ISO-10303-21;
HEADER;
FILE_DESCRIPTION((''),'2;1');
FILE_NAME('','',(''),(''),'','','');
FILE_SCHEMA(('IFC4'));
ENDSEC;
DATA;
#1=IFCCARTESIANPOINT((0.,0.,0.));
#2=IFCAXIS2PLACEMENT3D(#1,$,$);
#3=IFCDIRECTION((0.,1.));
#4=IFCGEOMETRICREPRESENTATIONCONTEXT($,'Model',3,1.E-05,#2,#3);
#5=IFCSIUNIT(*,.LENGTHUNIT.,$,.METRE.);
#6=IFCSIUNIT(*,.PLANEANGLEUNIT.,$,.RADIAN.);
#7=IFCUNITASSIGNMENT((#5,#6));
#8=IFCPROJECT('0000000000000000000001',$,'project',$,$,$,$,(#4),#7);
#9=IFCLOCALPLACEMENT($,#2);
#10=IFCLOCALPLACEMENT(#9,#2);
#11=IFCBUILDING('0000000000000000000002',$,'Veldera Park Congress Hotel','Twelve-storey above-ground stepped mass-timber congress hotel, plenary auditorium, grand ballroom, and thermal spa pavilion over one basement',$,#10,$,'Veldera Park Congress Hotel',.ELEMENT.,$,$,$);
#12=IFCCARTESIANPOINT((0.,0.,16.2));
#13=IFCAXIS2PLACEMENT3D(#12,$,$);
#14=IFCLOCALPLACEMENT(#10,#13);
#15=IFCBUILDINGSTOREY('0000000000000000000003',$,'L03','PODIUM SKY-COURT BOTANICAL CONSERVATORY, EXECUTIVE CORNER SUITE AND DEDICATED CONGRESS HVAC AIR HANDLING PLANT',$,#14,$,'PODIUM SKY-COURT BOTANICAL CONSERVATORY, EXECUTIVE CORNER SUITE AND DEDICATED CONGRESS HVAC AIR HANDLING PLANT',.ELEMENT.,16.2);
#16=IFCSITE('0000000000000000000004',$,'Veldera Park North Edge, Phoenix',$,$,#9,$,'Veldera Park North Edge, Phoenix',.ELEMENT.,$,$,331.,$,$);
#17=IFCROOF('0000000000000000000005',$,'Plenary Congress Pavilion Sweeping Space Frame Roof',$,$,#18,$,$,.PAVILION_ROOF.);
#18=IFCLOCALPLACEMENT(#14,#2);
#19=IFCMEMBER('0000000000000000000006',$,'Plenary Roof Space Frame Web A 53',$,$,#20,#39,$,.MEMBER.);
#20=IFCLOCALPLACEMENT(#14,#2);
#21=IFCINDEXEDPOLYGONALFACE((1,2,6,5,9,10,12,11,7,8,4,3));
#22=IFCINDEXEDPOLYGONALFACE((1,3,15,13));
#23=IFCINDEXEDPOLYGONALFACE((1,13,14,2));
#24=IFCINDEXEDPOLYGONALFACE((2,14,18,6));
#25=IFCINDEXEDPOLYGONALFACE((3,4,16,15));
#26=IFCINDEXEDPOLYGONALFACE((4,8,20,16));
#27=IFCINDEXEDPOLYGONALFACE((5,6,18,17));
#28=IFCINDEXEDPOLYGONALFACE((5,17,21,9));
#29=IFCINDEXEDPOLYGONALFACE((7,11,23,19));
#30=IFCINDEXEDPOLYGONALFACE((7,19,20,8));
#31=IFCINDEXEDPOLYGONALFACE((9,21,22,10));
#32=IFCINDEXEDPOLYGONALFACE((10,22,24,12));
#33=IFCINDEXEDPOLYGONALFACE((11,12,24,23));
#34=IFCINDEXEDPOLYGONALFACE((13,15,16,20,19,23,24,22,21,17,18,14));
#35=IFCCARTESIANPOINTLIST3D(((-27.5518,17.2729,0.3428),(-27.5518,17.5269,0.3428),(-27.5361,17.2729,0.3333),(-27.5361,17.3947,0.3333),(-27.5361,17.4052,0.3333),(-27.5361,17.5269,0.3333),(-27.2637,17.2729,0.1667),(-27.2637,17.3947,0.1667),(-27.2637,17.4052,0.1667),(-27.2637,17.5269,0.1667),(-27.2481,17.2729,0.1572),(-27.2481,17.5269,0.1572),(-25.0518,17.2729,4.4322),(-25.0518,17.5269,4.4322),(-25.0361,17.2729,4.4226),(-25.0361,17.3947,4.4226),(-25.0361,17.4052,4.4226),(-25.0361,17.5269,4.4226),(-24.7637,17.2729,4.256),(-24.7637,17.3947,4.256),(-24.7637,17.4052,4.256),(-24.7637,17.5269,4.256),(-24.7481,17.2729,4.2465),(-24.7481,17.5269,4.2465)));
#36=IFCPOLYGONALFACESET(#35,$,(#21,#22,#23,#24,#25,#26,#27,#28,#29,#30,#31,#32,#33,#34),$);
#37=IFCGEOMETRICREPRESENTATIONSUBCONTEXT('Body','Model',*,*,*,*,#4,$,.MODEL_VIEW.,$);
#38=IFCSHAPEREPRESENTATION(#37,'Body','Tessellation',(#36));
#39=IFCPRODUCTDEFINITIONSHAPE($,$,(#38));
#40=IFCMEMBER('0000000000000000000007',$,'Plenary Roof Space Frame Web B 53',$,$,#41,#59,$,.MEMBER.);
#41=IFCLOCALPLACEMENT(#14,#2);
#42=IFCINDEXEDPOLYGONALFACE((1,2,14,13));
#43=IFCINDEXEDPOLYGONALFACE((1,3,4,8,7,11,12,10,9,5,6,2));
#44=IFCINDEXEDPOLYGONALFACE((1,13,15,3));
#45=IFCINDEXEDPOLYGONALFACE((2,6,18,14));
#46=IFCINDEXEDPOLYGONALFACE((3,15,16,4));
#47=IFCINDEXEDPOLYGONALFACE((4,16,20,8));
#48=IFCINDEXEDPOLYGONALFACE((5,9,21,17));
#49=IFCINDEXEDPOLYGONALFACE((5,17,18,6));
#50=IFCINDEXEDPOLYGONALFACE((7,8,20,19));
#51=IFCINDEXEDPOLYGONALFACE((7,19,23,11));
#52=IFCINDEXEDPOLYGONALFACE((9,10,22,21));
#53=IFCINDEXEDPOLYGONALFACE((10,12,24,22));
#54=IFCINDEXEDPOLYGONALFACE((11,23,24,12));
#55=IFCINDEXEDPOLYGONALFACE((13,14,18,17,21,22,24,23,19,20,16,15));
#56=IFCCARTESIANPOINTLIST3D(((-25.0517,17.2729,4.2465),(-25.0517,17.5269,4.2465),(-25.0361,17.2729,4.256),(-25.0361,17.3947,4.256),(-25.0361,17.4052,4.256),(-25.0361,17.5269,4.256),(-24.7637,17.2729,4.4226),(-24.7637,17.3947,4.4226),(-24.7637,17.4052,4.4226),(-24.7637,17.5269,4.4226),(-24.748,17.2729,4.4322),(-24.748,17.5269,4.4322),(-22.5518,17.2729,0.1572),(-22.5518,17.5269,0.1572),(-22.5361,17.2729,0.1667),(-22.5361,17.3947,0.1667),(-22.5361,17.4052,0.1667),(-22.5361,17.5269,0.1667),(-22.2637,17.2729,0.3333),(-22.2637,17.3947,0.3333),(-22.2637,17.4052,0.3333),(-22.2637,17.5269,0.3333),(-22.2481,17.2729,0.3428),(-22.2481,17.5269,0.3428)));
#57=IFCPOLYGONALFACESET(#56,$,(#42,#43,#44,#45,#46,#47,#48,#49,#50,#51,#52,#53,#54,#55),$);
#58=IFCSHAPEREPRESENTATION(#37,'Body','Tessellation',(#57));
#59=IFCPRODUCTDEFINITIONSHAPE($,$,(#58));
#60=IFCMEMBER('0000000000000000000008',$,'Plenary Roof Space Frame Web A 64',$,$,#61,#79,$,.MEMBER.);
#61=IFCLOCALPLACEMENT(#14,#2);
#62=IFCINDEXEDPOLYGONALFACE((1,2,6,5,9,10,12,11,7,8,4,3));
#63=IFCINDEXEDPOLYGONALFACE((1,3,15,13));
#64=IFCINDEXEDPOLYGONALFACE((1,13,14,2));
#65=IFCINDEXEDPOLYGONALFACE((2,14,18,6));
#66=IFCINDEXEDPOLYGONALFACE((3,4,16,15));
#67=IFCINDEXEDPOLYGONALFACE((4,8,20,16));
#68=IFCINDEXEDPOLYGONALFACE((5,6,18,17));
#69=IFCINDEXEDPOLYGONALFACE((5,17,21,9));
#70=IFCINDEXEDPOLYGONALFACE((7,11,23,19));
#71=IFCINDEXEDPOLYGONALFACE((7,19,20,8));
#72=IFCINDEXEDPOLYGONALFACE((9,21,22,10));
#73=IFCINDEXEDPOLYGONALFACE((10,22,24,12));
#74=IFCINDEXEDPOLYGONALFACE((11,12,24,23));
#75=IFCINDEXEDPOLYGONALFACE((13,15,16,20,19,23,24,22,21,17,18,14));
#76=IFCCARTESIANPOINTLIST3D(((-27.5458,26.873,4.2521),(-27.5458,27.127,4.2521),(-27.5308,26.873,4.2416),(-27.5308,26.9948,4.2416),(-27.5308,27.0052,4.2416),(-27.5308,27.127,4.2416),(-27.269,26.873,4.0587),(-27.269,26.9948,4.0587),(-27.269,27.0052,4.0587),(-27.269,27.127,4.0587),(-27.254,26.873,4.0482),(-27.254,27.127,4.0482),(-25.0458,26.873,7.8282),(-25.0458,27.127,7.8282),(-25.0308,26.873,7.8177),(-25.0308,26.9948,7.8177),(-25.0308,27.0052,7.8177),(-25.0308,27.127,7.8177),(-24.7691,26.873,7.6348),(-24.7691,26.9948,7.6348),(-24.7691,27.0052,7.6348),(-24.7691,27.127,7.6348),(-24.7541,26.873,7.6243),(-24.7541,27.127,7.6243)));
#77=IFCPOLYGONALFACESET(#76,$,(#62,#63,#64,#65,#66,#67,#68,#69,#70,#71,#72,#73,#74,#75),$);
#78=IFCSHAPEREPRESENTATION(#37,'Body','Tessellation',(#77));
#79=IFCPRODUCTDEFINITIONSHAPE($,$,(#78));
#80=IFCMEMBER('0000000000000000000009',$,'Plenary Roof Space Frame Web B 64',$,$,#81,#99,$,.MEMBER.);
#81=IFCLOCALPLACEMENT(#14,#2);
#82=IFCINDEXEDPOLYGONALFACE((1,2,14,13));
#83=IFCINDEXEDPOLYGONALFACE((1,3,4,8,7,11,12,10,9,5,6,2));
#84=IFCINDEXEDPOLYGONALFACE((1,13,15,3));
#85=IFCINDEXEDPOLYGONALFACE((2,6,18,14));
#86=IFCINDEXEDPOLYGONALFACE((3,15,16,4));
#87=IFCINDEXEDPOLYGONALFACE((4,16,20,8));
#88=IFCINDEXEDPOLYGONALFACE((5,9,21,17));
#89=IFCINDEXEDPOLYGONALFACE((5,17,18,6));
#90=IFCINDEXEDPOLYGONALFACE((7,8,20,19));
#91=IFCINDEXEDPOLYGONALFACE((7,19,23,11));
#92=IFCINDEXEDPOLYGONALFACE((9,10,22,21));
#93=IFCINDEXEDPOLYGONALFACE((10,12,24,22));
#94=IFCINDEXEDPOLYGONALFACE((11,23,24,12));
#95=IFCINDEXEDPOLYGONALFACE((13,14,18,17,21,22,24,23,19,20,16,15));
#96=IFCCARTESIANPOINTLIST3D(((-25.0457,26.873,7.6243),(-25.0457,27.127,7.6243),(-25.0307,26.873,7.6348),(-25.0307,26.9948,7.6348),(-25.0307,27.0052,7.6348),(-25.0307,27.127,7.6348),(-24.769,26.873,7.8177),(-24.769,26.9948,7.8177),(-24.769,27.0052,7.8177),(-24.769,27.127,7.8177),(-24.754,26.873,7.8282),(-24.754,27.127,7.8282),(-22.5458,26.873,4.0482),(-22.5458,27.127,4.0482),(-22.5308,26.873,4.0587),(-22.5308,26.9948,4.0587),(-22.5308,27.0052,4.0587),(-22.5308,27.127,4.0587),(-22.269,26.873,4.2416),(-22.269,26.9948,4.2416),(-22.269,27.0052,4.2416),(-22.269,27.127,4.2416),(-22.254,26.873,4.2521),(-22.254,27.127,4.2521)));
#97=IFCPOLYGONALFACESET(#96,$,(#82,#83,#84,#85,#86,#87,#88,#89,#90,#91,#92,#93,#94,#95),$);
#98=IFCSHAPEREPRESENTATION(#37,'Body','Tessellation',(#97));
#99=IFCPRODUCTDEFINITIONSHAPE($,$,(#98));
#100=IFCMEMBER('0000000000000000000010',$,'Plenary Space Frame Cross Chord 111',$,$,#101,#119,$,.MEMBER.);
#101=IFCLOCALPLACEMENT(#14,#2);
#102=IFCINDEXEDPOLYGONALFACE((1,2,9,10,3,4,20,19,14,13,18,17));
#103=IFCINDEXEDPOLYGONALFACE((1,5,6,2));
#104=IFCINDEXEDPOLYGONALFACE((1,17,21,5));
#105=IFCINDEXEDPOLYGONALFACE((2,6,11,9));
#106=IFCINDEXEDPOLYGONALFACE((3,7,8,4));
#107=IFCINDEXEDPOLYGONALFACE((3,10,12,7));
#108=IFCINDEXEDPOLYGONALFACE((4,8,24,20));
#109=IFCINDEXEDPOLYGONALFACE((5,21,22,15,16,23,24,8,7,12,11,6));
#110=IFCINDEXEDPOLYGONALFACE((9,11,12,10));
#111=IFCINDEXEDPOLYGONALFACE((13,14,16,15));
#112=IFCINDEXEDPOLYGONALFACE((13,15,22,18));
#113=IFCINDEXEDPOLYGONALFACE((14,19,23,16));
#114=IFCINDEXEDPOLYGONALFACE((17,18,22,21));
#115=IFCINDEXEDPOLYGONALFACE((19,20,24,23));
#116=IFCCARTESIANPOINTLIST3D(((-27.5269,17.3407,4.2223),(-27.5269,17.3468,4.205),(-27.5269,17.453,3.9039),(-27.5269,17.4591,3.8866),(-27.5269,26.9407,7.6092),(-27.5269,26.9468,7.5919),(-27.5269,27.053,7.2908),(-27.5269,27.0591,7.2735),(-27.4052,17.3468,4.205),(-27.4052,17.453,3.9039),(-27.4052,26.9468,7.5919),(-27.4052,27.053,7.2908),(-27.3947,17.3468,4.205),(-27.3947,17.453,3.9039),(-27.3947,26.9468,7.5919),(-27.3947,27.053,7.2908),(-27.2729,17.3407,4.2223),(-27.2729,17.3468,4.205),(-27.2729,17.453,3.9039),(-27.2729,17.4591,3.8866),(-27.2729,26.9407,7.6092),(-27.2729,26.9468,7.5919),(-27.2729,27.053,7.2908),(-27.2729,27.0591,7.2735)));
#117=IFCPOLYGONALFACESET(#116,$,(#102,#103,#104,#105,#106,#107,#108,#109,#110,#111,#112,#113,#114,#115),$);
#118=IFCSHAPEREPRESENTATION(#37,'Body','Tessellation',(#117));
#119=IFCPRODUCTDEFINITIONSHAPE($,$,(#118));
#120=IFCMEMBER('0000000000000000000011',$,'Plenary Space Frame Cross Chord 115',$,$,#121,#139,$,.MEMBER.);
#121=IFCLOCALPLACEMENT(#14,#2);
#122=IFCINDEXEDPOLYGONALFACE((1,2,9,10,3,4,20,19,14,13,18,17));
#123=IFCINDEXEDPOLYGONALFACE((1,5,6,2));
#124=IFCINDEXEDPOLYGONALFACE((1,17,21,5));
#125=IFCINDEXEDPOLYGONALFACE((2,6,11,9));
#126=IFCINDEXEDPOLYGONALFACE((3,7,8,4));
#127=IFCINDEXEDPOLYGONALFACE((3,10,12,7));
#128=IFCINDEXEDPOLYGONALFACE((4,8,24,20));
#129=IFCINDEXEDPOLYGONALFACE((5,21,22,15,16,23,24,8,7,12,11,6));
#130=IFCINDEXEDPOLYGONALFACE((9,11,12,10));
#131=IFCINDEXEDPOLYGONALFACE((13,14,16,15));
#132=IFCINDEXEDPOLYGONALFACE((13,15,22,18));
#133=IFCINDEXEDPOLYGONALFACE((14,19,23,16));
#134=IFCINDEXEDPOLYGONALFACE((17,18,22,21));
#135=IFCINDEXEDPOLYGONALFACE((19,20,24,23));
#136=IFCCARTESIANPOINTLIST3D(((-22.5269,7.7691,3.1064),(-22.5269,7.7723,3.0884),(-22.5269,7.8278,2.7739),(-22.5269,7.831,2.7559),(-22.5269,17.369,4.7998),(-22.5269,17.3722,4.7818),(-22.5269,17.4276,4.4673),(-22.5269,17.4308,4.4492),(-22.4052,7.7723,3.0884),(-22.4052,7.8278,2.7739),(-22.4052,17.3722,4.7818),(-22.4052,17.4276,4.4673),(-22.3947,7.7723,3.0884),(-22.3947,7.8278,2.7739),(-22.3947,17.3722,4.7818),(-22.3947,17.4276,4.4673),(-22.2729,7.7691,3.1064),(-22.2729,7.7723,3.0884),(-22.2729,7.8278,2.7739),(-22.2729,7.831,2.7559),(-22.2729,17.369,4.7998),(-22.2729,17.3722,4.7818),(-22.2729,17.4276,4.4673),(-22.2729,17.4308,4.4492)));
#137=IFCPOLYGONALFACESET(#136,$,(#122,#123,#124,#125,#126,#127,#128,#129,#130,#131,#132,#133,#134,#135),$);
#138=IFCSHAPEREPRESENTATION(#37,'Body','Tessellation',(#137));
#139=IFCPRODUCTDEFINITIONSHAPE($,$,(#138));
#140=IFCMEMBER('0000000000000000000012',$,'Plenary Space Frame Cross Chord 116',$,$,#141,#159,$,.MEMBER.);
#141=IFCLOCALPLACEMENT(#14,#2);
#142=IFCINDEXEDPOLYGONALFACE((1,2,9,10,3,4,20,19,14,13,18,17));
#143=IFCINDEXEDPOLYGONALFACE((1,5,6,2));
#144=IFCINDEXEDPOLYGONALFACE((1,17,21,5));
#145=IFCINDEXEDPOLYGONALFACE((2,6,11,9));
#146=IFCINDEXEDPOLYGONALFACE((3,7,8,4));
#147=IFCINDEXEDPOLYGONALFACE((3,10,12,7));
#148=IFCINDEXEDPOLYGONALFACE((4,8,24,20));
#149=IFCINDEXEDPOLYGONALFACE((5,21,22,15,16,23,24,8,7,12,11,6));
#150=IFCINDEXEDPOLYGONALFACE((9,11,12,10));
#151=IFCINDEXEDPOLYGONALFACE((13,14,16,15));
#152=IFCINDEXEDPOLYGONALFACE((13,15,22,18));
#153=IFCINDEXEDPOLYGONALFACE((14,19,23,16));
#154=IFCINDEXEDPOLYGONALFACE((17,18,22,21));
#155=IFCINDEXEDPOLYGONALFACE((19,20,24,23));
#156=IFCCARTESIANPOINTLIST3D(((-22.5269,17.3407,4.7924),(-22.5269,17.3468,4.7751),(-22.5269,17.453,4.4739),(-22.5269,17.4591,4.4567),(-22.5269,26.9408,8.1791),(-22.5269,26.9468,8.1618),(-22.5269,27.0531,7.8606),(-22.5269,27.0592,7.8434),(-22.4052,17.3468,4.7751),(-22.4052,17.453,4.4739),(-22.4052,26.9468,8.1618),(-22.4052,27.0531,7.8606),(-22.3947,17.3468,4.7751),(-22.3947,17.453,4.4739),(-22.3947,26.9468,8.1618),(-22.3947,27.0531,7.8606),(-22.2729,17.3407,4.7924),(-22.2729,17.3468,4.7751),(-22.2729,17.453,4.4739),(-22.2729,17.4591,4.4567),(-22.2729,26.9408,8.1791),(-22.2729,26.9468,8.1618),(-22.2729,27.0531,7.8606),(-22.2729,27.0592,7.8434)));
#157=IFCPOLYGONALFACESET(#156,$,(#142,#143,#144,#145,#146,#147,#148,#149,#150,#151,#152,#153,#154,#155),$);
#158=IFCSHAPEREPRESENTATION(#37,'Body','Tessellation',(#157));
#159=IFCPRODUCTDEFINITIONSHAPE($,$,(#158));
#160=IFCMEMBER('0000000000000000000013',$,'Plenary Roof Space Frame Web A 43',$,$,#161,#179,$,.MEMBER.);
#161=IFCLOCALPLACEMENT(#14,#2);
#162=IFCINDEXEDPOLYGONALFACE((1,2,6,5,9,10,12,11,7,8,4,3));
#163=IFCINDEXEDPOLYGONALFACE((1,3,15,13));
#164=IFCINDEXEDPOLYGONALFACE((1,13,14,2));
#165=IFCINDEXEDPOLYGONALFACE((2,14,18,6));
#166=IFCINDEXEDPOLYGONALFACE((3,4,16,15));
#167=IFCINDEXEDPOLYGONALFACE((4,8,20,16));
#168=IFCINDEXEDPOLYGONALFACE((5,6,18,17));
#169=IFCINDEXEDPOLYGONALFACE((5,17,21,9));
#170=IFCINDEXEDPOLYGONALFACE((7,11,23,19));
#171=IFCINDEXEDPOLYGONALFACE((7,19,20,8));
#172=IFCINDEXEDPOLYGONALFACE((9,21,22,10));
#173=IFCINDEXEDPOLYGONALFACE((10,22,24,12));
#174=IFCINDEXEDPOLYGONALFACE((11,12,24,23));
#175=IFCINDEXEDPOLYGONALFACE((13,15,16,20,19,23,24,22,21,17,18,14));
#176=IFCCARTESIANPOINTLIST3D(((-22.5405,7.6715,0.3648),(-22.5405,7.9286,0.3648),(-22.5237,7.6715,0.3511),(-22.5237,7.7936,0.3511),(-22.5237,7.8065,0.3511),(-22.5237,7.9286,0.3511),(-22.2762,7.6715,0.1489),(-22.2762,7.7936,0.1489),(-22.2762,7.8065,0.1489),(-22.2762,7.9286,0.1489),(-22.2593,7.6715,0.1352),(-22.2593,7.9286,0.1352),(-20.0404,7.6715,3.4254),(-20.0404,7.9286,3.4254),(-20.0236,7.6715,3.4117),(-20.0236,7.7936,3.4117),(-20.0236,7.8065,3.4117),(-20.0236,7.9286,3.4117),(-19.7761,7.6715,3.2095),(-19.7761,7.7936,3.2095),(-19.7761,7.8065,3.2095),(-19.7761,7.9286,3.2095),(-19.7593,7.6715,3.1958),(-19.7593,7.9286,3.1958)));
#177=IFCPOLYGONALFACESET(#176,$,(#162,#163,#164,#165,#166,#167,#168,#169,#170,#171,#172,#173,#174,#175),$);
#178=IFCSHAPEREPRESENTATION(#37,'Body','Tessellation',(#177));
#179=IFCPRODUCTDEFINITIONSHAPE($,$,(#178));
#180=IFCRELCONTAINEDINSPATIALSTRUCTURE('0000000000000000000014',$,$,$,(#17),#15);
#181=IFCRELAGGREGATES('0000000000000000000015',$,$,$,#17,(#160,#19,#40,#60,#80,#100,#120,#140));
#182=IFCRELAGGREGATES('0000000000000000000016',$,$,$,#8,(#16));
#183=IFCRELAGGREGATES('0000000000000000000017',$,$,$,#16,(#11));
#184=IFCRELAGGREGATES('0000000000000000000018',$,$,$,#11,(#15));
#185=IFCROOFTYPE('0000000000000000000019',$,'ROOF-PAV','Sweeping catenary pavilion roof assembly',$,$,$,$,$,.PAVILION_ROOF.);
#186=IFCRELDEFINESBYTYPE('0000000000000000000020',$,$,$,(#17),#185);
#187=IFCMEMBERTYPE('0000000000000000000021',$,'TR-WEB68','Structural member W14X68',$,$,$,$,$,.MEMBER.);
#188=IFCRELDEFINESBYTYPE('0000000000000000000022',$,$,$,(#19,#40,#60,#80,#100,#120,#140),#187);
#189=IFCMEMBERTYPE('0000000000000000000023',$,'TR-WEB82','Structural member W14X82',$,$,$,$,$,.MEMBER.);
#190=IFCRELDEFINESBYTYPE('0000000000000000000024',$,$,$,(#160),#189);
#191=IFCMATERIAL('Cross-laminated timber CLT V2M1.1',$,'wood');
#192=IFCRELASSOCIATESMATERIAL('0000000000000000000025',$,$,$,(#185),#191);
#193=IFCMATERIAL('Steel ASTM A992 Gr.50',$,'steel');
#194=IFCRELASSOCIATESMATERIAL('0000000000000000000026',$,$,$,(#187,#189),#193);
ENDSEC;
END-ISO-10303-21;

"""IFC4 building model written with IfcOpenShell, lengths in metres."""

from ifc_helpers import new_model, si_unit, direction, frame, origin, origin_2d, place, context, subcontext, project, spatial, i_section, extrude, material, material_profile, profile_set, type_object, element, aggregate, save


model = new_model("IFC4")

# Units and contexts
model_context = context("Model", 3, precision=1e-05, world=origin(), true_north=direction((0.0, 1.0)))
body_context = subcontext(model_context, "Body", "Model", "MODEL_VIEW")
ifc_project = project(units=[si_unit("LENGTHUNIT", "METRE"), si_unit("PLANEANGLEUNIT", "RADIAN")], contexts=[model_context])

# Site, building, storey
site_placement = place(None, origin())
site = spatial("IfcSite", under=ifc_project, at=site_placement, Name="Veldera Park North Edge, Phoenix", LongName="Veldera Park North Edge, Phoenix", CompositionType="ELEMENT", RefElevation=331.0)
building_placement = place(site_placement, origin())
building = spatial("IfcBuilding", under=site, at=building_placement, Name="Veldera Park Congress Hotel", Description="Twelve-storey above-ground stepped mass-timber congress hotel, plenary auditorium, grand ballroom, and thermal spa pavilion over one basement", LongName="Veldera Park Congress Hotel", CompositionType="ELEMENT")
storey_placement = place(building_placement, frame((0.0, 0.0, 16.2)))
storey = spatial("IfcBuildingStorey", under=building, at=storey_placement, Name="L03", Description="PODIUM SKY-COURT BOTANICAL CONSERVATORY, EXECUTIVE CORNER SUITE AND DEDICATED CONGRESS HVAC AIR HANDLING PLANT", LongName="PODIUM SKY-COURT BOTANICAL CONSERVATORY, EXECUTIVE CORNER SUITE AND DEDICATED CONGRESS HVAC AIR HANDLING PLANT", CompositionType="ELEMENT", Elevation=16.2)

# Roof, members
ifc_material_1 = material(Name="Cross-laminated timber CLT V2M1.1", Category="wood")
roof_type = type_object("IfcRoofType", Name="ROOF-PAV", Description="Sweeping catenary pavilion roof assembly", PredefinedType="PAVILION_ROOF", material=ifc_material_1)
roof_placement = place(storey_placement, origin())
roof = element("IfcRoof", 1, at=roof_placement, inside=storey, type_object=roof_type, Name="Plenary Congress Pavilion Sweeping Space Frame Roof", PredefinedType="PAVILION_ROOF")
ifc_material_2 = material(Name="Steel ASTM A992 Gr.50", Category="steel")
ifc_material_profile_1 = material_profile(ifc_material_2, i_section(OverallWidth=0.2539, OverallDepth=0.356, WebThickness=0.0105, FlangeThickness=0.0183, at=origin_2d()), Name="W14X68")
ifc_profile_set_1 = profile_set([ifc_material_profile_1], Name="Steel ASTM A992 Gr.50")
member_type_1 = type_object("IfcMemberType", Name="TR-WEB68", Description="Structural member W14X68", PredefinedType="MEMBER", material=ifc_profile_set_1)
member_1_placement = place(storey_placement, frame((-27.3999, 17.3999, 0.25), z_axis=(0.521594, 0.0, 0.853194), x_axis=(0.0, 1.0, 0.0)))
member_1 = element("IfcMember", 2, at=member_1_placement, type_object=member_type_1, Name="Plenary Roof Space Frame Web A 53", PredefinedType="MEMBER", context=body_context, shape_type="SweptSolid", body=[
    extrude(i_section(OverallWidth=0.2539, OverallDepth=0.356, WebThickness=0.0105, FlangeThickness=0.0183, at=origin_2d()), origin(), (0.0, 0.0, 1.0), 4.793),
])
member_2_placement = place(storey_placement, frame((-22.3999, 17.3999, 0.25), z_axis=(-0.521594, 0.0, 0.853194), x_axis=(0.0, -1.0, 0.0)))
member_2 = element("IfcMember", 3, at=member_2_placement, type_object=member_type_1, Name="Plenary Roof Space Frame Web B 53", PredefinedType="MEMBER", context=body_context, shape_type="SweptSolid", body=[
    extrude(i_section(OverallWidth=0.2539, OverallDepth=0.356, WebThickness=0.0105, FlangeThickness=0.0183, at=origin_2d()), origin(), (0.0, 0.0, 1.0), 4.793),
])
member_3_placement = place(storey_placement, frame((-27.3999, 27.0, 4.1501), z_axis=(0.572952, 0.0, 0.819589), x_axis=(0.0, 1.0, 0.0)))
member_3 = element("IfcMember", 4, at=member_3_placement, type_object=member_type_1, Name="Plenary Roof Space Frame Web A 64", PredefinedType="MEMBER", context=body_context, shape_type="SweptSolid", body=[
    extrude(i_section(OverallWidth=0.2539, OverallDepth=0.356, WebThickness=0.0105, FlangeThickness=0.0183, at=origin_2d()), origin(), (0.0, 0.0, 1.0), 4.3633),
])
member_4_placement = place(storey_placement, frame((-22.3999, 27.0, 4.1501), z_axis=(-0.572952, 0.0, 0.819589), x_axis=(0.0, -1.0, 0.0)))
member_4 = element("IfcMember", 5, at=member_4_placement, type_object=member_type_1, Name="Plenary Roof Space Frame Web B 64", PredefinedType="MEMBER", context=body_context, shape_type="SweptSolid", body=[
    extrude(i_section(OverallWidth=0.2539, OverallDepth=0.356, WebThickness=0.0105, FlangeThickness=0.0183, at=origin_2d()), origin(), (0.0, 0.0, 1.0), 4.3633),
])
member_5_placement = place(storey_placement, frame((-27.3999, 17.3999, 4.0544), z_axis=(0.0, 0.943031, 0.332706), x_axis=(-1.0, 0.0, 0.0)))
member_5 = element("IfcMember", 6, at=member_5_placement, type_object=member_type_1, Name="Plenary Space Frame Cross Chord 111", PredefinedType="MEMBER", context=body_context, shape_type="SweptSolid", body=[
    extrude(i_section(OverallWidth=0.2539, OverallDepth=0.356, WebThickness=0.0105, FlangeThickness=0.0183, at=origin_2d()), origin(), (0.0, 0.0, 1.0), 10.1799),
])
member_6_placement = place(storey_placement, frame((-22.3999, 7.8, 2.9312), z_axis=(0.0, 0.984796, 0.173712), x_axis=(-1.0, 0.0, 0.0)))
member_6 = element("IfcMember", 7, at=member_6_placement, type_object=member_type_1, Name="Plenary Space Frame Cross Chord 115", PredefinedType="MEMBER", context=body_context, shape_type="SweptSolid", body=[
    extrude(i_section(OverallWidth=0.2539, OverallDepth=0.356, WebThickness=0.0105, FlangeThickness=0.0183, at=origin_2d()), origin(), (0.0, 0.0, 1.0), 9.748),
])
member_7_placement = place(storey_placement, frame((-22.3999, 17.3999, 4.6245), z_axis=(0.0, 0.943038, 0.332685), x_axis=(-1.0, 0.0, 0.0)))
member_7 = element("IfcMember", 8, at=member_7_placement, type_object=member_type_1, Name="Plenary Space Frame Cross Chord 116", PredefinedType="MEMBER", context=body_context, shape_type="SweptSolid", body=[
    extrude(i_section(OverallWidth=0.2539, OverallDepth=0.356, WebThickness=0.0105, FlangeThickness=0.0183, at=origin_2d()), origin(), (0.0, 0.0, 1.0), 10.1799),
])
ifc_material_profile_2 = material_profile(ifc_material_2, i_section(OverallWidth=0.2571, OverallDepth=0.363, WebThickness=0.0129, FlangeThickness=0.0217, at=origin_2d()), Name="W14X82")
ifc_profile_set_2 = profile_set([ifc_material_profile_2], Name="Steel ASTM A992 Gr.50")
member_type_2 = type_object("IfcMemberType", Name="TR-WEB82", Description="Structural member W14X82", PredefinedType="MEMBER", material=ifc_profile_set_2)
member_8_placement = place(storey_placement, frame((-22.3999, 7.8, 0.25), z_axis=(0.632619, 0.0, 0.774464), x_axis=(0.0, 1.0, 0.0)))
member_8 = element("IfcMember", 9, at=member_8_placement, type_object=member_type_2, Name="Plenary Roof Space Frame Web A 43", PredefinedType="MEMBER", context=body_context, shape_type="SweptSolid", body=[
    extrude(i_section(OverallWidth=0.2571, OverallDepth=0.363, WebThickness=0.0129, FlangeThickness=0.0217, at=origin_2d()), origin(), (0.0, 0.0, 1.0), 3.9519),
])
aggregate(roof, [member_8, member_1, member_2, member_3, member_4, member_5, member_6, member_7])

save(model, "model.ifc")
